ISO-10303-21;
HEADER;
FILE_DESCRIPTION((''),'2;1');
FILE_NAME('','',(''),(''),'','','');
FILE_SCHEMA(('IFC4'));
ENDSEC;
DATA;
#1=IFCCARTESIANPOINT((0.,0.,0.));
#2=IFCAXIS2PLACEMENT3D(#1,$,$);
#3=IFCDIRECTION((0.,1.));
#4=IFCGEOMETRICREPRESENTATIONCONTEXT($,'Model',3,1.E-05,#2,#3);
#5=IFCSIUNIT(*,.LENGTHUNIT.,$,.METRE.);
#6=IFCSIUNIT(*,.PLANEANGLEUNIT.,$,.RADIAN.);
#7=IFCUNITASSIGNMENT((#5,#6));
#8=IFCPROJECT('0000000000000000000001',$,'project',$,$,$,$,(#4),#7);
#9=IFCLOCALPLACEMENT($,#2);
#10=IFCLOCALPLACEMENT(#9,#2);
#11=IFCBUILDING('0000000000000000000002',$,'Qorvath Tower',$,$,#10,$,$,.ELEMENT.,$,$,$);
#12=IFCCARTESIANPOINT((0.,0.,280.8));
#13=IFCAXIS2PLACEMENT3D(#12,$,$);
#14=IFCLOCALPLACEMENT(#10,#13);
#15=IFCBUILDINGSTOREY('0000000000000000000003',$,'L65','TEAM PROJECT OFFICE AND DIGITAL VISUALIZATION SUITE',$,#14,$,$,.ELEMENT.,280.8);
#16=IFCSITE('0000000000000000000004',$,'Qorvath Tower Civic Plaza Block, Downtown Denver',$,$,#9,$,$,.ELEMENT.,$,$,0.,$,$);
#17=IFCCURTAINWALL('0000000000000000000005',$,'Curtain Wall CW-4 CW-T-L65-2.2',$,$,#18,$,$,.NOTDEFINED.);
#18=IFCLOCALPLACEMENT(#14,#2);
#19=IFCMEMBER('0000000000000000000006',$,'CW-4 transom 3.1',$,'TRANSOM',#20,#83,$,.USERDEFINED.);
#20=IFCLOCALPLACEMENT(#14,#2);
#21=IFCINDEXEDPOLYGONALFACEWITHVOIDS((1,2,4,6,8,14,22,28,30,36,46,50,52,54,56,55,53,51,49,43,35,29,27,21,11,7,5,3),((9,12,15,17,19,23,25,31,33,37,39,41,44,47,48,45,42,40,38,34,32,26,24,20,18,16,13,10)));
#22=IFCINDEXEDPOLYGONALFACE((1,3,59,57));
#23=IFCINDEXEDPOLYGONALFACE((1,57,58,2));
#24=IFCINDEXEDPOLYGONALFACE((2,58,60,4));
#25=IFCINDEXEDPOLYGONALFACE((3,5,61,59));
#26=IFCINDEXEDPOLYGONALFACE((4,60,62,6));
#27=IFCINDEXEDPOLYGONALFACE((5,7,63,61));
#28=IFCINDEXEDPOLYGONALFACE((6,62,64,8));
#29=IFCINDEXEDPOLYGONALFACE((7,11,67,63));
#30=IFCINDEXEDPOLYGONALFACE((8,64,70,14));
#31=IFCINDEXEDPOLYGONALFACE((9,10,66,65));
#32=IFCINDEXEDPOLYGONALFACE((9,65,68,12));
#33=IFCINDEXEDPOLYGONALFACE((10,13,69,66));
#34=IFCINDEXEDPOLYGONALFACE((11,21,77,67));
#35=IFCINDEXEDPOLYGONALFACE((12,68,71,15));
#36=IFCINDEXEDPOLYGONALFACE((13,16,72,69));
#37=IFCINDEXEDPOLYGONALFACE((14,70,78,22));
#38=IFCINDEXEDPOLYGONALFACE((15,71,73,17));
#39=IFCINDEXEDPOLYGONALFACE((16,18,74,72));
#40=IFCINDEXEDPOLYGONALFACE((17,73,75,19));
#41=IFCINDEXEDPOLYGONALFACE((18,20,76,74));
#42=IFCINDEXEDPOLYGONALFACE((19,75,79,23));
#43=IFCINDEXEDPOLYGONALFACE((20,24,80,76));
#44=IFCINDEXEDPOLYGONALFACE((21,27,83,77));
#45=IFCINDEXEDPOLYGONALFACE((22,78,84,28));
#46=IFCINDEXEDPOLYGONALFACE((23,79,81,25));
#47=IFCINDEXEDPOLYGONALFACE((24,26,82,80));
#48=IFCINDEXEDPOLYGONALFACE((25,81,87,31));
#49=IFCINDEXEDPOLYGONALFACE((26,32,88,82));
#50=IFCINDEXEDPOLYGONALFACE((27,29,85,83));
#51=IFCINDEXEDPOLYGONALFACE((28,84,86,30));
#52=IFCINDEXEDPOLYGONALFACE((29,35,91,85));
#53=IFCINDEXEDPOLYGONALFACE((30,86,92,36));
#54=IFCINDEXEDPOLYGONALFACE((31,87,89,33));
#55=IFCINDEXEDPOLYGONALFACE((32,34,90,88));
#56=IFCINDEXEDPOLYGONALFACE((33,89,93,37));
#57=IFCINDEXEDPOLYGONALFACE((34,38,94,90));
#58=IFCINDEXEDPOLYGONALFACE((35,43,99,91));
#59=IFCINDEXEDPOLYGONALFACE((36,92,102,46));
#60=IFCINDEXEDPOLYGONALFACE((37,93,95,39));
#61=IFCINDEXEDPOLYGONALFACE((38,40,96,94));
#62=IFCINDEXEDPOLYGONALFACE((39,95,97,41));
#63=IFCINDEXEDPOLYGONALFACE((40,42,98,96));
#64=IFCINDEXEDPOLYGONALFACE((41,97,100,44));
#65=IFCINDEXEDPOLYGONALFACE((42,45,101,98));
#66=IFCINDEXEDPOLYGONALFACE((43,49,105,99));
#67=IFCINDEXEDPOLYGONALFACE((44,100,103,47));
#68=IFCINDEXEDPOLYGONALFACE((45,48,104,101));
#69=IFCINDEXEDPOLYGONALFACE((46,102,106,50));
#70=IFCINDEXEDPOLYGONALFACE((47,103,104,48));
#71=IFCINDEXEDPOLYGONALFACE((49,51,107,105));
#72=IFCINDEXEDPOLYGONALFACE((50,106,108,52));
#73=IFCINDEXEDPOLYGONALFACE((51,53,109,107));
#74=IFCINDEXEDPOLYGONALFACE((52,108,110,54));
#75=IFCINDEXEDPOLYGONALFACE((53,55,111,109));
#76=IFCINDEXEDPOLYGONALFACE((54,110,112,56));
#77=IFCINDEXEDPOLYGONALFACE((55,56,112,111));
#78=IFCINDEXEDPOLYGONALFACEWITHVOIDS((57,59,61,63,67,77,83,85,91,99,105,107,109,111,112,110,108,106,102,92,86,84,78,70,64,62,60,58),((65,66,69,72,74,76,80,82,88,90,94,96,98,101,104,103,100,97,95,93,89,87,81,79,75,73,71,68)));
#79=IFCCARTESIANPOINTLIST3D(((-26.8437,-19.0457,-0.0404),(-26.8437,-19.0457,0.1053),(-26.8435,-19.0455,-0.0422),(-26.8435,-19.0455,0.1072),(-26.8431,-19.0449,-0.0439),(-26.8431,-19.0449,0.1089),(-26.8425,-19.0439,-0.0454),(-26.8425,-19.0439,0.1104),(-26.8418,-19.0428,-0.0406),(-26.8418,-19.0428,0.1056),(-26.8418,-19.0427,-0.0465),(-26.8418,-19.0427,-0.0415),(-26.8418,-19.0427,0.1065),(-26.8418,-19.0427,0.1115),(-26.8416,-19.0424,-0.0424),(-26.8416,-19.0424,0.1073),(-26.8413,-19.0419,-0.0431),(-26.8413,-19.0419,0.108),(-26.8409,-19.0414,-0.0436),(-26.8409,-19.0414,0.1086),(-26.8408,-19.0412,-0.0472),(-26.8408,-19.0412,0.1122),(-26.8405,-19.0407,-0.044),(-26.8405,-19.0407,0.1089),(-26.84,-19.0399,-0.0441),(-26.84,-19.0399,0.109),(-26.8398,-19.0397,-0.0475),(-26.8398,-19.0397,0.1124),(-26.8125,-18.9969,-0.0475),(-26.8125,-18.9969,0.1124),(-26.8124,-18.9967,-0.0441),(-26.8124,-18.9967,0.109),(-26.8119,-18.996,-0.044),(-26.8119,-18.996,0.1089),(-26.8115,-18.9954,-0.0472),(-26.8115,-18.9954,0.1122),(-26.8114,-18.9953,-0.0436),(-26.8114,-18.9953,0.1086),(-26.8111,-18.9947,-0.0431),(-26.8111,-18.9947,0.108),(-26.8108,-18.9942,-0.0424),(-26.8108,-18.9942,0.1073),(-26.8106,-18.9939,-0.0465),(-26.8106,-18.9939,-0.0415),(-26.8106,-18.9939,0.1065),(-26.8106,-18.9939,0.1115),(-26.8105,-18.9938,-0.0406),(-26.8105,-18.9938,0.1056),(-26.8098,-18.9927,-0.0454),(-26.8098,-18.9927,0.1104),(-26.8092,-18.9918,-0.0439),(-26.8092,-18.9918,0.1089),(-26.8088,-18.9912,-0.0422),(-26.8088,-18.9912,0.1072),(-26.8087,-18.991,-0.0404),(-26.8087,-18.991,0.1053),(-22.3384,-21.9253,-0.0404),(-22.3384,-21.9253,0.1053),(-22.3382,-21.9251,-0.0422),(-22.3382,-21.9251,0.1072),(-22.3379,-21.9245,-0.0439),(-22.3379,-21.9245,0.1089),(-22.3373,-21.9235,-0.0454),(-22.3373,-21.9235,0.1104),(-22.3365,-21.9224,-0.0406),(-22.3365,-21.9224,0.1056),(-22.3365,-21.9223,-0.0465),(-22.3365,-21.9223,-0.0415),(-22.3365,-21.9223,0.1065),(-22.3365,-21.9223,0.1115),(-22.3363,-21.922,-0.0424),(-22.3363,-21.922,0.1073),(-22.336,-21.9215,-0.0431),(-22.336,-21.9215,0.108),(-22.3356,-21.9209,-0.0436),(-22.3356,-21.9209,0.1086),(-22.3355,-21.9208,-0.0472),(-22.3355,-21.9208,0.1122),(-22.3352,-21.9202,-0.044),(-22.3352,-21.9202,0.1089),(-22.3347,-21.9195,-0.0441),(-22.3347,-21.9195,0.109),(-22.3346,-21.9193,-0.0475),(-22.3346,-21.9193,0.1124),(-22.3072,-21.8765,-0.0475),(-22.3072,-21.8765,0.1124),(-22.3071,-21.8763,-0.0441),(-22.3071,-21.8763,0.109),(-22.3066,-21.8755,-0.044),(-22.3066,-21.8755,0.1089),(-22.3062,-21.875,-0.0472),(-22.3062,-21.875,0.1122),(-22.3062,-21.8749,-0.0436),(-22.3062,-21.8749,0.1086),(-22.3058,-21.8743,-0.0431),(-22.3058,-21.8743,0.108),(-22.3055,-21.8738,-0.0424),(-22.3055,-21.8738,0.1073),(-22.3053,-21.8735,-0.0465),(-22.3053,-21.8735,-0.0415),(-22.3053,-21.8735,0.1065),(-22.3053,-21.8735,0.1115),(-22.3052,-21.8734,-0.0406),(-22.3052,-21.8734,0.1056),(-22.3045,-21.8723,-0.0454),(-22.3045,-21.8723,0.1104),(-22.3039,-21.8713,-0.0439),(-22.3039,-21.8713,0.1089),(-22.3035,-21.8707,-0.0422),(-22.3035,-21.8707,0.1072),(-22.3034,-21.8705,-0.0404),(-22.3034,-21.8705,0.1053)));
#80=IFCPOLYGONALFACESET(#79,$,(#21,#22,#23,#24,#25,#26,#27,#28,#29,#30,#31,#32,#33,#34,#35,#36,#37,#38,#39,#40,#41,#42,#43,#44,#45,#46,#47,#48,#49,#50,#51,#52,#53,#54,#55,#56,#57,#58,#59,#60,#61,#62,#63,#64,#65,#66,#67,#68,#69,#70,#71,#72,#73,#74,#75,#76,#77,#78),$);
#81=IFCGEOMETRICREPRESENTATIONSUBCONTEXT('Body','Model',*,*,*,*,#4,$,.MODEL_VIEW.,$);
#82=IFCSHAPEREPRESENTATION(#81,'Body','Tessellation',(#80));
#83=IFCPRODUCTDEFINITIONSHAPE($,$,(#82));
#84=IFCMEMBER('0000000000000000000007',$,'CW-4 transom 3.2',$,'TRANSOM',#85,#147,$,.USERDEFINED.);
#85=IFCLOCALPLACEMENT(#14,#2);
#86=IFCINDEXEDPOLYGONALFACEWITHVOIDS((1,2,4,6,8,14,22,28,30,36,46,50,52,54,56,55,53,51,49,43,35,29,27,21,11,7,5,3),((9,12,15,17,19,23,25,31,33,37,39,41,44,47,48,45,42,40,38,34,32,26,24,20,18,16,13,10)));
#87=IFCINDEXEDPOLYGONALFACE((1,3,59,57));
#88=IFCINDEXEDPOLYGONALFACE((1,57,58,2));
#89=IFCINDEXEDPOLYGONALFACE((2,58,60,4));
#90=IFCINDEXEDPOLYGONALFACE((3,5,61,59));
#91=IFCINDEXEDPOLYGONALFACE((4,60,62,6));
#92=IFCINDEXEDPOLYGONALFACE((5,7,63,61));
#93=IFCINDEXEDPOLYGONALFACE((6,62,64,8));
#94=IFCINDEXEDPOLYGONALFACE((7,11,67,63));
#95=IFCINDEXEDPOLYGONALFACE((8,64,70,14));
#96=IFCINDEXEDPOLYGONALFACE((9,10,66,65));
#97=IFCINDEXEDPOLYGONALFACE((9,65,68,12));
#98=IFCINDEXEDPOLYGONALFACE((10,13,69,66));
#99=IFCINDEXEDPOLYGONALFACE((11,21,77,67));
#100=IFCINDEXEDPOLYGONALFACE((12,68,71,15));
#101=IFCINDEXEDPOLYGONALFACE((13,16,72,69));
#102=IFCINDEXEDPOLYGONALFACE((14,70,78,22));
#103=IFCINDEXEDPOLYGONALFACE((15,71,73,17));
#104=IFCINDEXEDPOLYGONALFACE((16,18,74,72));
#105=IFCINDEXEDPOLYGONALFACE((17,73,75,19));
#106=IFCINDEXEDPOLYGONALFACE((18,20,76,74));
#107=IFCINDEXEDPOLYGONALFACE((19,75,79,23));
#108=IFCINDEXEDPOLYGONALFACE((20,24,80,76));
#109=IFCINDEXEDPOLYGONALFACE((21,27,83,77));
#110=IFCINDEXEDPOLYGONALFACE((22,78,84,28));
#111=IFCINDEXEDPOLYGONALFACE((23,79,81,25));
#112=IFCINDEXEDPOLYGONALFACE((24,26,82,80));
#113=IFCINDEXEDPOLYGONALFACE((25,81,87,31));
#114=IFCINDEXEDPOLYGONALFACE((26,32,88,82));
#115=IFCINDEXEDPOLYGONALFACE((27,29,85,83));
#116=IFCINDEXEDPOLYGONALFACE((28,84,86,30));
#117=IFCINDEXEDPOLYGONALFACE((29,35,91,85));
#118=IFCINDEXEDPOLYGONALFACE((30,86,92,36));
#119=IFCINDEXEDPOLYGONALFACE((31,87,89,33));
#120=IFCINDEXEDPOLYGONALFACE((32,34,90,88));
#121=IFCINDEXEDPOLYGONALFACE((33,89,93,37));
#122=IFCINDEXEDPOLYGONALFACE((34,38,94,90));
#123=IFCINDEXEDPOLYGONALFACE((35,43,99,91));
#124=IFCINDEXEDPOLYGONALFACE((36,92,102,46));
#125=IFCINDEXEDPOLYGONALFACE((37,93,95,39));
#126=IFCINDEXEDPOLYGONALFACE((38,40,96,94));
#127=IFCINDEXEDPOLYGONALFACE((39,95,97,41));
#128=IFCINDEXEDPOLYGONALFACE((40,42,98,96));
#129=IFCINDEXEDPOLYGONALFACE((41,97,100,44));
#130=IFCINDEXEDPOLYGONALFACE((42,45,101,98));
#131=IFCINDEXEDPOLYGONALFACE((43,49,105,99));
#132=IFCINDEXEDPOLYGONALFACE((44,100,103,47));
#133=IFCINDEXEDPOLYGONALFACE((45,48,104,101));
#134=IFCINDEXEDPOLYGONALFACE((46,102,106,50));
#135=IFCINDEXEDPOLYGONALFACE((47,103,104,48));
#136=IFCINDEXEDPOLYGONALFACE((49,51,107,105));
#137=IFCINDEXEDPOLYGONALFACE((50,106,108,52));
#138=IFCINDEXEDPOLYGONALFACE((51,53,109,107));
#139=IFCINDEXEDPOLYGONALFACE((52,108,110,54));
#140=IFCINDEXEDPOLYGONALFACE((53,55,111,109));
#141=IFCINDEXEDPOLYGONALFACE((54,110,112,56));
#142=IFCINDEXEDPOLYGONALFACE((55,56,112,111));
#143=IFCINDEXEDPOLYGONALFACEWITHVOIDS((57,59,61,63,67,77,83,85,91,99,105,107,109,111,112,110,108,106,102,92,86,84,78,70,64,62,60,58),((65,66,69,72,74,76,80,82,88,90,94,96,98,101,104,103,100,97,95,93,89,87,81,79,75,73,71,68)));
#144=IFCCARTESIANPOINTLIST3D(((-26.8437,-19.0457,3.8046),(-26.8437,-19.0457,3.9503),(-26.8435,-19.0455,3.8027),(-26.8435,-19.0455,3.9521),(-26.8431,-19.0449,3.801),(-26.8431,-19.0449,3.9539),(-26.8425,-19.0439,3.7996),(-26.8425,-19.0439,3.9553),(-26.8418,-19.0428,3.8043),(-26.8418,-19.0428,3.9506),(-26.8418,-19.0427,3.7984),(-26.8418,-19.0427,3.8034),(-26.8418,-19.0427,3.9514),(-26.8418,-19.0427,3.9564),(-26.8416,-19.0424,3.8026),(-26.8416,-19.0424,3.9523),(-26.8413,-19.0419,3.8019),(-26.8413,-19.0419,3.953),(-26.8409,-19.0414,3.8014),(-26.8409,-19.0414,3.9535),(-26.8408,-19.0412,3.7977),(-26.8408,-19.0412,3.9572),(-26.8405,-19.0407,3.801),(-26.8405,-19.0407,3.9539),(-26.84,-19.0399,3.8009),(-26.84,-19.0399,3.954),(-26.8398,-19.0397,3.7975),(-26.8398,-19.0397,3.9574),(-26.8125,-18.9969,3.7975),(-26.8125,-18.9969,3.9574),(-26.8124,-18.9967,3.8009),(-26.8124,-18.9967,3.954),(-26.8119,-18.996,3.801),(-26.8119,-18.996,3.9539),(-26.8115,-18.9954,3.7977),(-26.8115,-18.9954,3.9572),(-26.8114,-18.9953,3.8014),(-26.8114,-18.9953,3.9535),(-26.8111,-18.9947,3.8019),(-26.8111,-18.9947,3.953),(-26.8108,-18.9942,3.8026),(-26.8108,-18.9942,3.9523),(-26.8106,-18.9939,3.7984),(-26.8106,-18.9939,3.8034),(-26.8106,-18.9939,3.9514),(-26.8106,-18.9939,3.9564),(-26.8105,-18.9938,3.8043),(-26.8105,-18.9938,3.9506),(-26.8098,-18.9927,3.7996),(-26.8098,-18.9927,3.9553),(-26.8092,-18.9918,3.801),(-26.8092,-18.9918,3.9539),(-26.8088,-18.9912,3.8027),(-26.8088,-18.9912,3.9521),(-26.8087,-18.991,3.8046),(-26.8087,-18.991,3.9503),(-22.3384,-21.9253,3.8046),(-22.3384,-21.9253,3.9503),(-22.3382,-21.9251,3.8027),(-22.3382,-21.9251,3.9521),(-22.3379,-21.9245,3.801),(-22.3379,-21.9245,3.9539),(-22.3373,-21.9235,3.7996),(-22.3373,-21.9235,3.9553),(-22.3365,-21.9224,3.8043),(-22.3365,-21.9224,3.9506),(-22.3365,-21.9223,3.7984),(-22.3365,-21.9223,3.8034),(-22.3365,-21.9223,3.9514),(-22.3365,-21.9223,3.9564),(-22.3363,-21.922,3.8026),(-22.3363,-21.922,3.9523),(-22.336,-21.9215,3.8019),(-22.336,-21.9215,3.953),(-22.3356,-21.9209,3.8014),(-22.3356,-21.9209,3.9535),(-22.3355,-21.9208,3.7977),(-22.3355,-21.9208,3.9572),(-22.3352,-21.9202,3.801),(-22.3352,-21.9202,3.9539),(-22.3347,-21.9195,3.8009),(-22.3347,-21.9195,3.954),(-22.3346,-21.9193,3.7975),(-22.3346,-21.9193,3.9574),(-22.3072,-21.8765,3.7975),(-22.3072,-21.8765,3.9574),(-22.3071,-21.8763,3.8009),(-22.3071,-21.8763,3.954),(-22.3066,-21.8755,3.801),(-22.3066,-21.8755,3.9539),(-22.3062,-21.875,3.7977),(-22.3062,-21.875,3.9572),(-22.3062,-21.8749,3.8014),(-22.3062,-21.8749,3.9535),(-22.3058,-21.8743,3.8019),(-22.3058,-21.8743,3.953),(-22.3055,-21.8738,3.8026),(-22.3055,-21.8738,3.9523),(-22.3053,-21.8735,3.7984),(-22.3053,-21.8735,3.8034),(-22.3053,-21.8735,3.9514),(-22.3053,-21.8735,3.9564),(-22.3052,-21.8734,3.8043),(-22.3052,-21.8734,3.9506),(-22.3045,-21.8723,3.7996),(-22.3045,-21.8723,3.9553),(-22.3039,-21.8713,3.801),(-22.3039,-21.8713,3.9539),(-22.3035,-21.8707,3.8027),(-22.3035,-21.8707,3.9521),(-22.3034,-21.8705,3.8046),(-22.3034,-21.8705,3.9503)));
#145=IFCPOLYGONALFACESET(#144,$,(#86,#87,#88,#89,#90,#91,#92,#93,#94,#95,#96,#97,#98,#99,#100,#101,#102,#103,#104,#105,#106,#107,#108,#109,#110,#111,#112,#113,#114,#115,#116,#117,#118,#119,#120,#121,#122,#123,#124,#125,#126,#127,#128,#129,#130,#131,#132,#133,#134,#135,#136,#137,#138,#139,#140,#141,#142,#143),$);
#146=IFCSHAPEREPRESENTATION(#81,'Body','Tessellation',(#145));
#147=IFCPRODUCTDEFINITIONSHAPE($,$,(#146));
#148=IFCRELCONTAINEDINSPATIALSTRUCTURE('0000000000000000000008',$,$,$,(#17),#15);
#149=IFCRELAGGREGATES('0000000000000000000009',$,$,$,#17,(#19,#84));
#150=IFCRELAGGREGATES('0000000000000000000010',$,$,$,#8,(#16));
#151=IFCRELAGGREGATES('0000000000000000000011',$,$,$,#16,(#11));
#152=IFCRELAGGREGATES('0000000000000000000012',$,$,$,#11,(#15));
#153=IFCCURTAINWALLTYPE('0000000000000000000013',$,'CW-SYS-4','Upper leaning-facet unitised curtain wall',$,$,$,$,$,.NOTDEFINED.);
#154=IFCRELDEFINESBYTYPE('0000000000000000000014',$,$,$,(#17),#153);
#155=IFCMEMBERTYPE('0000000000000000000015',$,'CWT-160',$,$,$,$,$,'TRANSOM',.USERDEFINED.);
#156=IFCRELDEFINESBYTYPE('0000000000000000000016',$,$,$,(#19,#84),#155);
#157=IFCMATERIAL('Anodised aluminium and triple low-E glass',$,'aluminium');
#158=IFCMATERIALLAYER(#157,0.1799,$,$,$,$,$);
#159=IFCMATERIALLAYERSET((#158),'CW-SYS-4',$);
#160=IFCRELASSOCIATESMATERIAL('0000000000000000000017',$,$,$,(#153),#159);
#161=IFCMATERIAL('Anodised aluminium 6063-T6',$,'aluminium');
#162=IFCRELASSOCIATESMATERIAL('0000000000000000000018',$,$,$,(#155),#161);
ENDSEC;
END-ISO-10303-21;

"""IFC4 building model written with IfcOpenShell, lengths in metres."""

from ifc_helpers import new_model, si_unit, direction, frame, origin, origin_2d, place, context, subcontext, project, spatial, hollow_rectangle, extrude, material, layer, layer_set, material_profile, profile_set, type_object, element, aggregate, save


model = new_model("IFC4")

# Units and contexts
model_context = context("Model", 3, precision=1e-05, world=origin(), true_north=direction((0.0, 1.0)))
body_context = subcontext(model_context, "Body", "Model", "MODEL_VIEW")
ifc_project = project(units=[si_unit("LENGTHUNIT", "METRE"), si_unit("PLANEANGLEUNIT", "RADIAN")], contexts=[model_context])

# Site, building, storey
site_placement = place(None, origin())
site = spatial("IfcSite", under=ifc_project, at=site_placement, Name="Qorvath Tower Civic Plaza Block, Downtown Denver", CompositionType="ELEMENT", RefElevation=0.0)
building_placement = place(site_placement, origin())
building = spatial("IfcBuilding", under=site, at=building_placement, Name="Qorvath Tower", CompositionType="ELEMENT")
storey_placement = place(building_placement, frame((0.0, 0.0, 280.8)))
storey = spatial("IfcBuildingStorey", under=building, at=storey_placement, Name="L65", Description="TEAM PROJECT OFFICE AND DIGITAL VISUALIZATION SUITE", CompositionType="ELEMENT", Elevation=280.8)

# Curtain wall, members
ifc_material_1 = material(Name="Anodised aluminium and triple low-E glass", Category="aluminium")
ifc_layer_1 = layer(ifc_material_1, 0.1799)
ifc_layer_set_1 = layer_set([ifc_layer_1], Name="CW-SYS-4")
curtain_wall_type = type_object("IfcCurtainWallType", Name="CW-SYS-4", Description="Upper leaning-facet unitised curtain wall", PredefinedType="NOTDEFINED", material=ifc_layer_set_1)
curtain_wall_placement = place(storey_placement, origin())
curtain_wall = element("IfcCurtainWall", 1, at=curtain_wall_placement, inside=storey, type_object=curtain_wall_type, Name="Curtain Wall CW-4 CW-T-L65-2.2", PredefinedType="NOTDEFINED")
ifc_material_2 = material(Name="Anodised aluminium 6063-T6", Category="aluminium")
ifc_material_profile_1 = material_profile(ifc_material_2, hollow_rectangle(XDim=0.0649, YDim=0.1599, WallThickness=0.0034, InnerFilletRadius=0.0034, OuterFilletRadius=0.0071, at=origin_2d()), Name="CWT 160x65")
ifc_profile_set_1 = profile_set([ifc_material_profile_1], Name="Anodised aluminium 6063-T6")
member_type_1 = type_object("IfcMemberType", Name="CWT-160", ElementType="TRANSOM", PredefinedType="USERDEFINED", material=ifc_profile_set_1)
member_1_placement = place(storey_placement, frame((-26.8262, -19.0183, 0.0325), z_axis=(0.842594, -0.53855, 0.0), x_axis=(0.53855, 0.842594, 0.0)))
member_1 = element("IfcMember", 2, at=member_1_placement, type_object=member_type_1, Name="CW-4 transom 3.1", ObjectType="TRANSOM", PredefinedType="USERDEFINED", context=body_context, shape_type="SweptSolid", body=[
    extrude(hollow_rectangle(XDim=0.0649, YDim=0.1599, WallThickness=0.0034, InnerFilletRadius=0.0034, OuterFilletRadius=0.0071, at=origin_2d()), origin(), (0.0, 0.0, 1.0), 5.3469),
])
member_2_placement = place(storey_placement, frame((-26.8262, -19.0183, 3.8774), z_axis=(0.842594, -0.53855, 0.0), x_axis=(0.53855, 0.842594, 0.0)))
member_2 = element("IfcMember", 3, at=member_2_placement, type_object=member_type_1, Name="CW-4 transom 3.2", ObjectType="TRANSOM", PredefinedType="USERDEFINED", context=body_context, shape_type="SweptSolid", body=[
    extrude(hollow_rectangle(XDim=0.0649, YDim=0.1599, WallThickness=0.0034, InnerFilletRadius=0.0034, OuterFilletRadius=0.0071, at=origin_2d()), origin(), (0.0, 0.0, 1.0), 5.3469),
])
aggregate(curtain_wall, [member_1, member_2])

save(model, "model.ifc")
